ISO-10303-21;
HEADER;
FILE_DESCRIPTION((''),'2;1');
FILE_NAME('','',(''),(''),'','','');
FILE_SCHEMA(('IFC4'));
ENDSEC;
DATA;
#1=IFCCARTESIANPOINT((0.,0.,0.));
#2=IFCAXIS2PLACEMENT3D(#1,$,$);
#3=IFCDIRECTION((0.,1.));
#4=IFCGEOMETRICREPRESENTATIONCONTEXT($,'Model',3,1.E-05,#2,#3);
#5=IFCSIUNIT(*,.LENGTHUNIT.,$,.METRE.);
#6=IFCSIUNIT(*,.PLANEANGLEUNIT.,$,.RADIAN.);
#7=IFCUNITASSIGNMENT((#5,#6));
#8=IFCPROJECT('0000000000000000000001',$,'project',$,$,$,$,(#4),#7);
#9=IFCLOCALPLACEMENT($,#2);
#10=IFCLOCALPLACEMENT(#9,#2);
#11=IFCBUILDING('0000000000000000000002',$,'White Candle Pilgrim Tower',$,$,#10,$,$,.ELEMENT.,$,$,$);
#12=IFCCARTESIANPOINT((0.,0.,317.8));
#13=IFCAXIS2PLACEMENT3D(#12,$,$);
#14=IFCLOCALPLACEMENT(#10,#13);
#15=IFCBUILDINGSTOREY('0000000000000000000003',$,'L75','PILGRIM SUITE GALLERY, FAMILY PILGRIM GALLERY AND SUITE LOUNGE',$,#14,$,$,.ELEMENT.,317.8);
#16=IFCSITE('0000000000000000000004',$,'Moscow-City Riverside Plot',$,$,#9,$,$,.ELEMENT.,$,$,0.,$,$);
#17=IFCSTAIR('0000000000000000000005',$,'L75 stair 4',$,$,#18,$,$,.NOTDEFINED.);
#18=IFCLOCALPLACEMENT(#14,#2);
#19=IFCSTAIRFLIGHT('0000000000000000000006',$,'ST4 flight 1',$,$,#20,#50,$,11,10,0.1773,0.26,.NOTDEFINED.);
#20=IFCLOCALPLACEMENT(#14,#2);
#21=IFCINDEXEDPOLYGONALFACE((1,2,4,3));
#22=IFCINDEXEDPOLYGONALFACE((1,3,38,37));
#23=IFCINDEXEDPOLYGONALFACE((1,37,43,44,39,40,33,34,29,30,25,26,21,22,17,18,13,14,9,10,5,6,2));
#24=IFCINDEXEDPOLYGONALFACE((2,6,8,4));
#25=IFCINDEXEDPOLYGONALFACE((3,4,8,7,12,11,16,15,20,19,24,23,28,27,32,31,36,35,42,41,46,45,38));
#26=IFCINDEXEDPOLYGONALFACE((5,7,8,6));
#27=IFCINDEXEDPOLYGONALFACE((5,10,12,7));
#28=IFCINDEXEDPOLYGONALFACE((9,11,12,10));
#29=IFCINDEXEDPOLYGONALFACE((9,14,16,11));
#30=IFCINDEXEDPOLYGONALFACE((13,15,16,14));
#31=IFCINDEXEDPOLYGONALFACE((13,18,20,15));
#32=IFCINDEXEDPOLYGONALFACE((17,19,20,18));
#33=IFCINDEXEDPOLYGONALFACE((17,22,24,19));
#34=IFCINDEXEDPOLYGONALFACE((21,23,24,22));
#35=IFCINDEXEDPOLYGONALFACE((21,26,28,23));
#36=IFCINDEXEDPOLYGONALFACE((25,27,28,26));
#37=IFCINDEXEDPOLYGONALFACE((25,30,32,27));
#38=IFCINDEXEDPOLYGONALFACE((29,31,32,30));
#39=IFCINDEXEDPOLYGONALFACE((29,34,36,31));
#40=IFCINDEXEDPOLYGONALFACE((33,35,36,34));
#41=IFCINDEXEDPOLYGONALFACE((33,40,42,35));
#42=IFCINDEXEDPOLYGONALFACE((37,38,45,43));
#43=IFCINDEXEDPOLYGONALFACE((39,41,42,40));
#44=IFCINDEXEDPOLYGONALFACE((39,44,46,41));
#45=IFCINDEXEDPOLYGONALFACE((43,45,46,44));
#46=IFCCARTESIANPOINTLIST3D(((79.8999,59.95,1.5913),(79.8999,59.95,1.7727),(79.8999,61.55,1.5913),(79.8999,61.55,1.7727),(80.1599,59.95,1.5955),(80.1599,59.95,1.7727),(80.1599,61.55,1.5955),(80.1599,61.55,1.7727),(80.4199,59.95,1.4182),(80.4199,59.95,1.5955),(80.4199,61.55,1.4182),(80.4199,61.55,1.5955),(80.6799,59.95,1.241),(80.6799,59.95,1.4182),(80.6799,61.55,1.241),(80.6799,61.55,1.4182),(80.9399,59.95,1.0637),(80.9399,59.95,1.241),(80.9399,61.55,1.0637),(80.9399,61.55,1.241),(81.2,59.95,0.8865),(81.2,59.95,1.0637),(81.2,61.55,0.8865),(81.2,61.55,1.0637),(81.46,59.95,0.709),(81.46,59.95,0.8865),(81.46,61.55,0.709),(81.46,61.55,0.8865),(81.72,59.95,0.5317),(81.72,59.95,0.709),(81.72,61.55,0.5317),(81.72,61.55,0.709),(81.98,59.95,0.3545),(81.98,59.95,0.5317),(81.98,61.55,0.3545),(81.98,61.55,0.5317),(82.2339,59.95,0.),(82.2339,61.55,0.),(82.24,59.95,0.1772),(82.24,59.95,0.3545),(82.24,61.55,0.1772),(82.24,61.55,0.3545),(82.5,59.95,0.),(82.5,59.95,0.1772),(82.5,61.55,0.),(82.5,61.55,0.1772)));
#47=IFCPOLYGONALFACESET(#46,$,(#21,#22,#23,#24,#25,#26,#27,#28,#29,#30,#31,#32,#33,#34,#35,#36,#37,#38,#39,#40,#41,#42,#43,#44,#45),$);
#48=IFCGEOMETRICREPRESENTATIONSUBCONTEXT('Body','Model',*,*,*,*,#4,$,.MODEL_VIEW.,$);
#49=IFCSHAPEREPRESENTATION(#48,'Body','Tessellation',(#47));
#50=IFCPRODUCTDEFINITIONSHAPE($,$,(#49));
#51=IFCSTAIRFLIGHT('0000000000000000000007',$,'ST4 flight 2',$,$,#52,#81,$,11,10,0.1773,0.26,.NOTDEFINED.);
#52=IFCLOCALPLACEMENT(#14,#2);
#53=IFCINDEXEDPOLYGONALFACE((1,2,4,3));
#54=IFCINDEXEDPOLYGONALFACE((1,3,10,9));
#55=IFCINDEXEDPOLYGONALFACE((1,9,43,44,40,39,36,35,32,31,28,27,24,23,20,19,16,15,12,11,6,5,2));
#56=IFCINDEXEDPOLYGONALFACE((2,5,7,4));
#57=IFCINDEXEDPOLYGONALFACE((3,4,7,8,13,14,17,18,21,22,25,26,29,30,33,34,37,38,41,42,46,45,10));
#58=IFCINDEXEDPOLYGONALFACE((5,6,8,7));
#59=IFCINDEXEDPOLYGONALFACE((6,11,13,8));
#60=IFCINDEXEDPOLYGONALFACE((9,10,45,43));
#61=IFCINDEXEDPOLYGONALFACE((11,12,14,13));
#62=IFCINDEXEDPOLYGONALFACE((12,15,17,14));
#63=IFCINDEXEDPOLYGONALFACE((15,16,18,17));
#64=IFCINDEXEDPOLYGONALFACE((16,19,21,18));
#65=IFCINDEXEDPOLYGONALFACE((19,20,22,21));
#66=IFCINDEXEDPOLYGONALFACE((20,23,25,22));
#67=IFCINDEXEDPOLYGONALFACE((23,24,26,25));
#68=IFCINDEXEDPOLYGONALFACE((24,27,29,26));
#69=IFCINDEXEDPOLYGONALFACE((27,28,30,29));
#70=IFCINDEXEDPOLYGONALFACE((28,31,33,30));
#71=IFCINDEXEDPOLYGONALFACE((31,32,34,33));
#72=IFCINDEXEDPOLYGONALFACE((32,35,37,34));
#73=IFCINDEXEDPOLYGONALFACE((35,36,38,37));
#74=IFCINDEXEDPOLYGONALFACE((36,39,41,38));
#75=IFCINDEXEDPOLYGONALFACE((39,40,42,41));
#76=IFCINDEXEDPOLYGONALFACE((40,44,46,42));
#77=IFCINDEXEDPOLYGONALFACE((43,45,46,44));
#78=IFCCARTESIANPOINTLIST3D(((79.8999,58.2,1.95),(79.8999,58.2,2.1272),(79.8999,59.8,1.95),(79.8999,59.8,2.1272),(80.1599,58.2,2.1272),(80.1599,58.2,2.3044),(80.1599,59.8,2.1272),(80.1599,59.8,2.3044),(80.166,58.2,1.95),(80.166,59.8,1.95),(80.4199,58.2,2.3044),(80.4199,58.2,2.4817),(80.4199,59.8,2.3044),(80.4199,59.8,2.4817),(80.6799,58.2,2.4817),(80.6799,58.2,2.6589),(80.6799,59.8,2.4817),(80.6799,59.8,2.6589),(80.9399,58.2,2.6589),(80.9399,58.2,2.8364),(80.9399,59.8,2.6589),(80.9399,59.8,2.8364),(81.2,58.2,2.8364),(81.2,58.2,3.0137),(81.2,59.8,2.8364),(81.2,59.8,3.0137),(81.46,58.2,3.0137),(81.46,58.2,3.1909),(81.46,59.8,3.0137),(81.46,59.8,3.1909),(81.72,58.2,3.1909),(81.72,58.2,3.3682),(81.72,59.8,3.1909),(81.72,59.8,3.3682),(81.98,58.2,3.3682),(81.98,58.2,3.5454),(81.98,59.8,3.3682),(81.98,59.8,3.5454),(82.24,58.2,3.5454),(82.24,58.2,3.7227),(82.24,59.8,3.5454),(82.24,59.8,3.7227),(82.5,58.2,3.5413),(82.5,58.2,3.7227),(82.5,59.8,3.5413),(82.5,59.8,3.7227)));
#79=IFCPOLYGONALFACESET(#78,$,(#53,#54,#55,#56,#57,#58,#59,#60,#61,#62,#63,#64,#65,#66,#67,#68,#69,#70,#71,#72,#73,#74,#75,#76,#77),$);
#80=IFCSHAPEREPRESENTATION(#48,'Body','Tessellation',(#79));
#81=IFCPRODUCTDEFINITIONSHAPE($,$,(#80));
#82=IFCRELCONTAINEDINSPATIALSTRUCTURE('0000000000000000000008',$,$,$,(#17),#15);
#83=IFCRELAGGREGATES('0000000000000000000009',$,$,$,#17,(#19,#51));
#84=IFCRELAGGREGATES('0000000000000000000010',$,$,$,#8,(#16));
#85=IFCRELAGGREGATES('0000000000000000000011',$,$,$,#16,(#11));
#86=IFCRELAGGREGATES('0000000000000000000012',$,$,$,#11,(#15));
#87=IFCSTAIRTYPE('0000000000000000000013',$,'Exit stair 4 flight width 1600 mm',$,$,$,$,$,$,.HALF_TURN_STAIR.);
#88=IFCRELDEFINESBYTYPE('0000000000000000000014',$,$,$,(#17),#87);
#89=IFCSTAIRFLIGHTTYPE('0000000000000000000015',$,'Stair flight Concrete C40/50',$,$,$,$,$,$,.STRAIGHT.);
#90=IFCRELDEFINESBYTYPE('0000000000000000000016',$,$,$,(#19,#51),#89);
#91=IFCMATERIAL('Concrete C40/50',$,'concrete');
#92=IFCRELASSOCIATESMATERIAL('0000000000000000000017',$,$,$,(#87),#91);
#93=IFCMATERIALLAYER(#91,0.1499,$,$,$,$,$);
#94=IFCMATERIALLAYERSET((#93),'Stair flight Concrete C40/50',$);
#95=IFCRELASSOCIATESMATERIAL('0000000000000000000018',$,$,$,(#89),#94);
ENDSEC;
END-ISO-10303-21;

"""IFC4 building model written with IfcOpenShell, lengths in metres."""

from ifc_helpers import new_model, si_unit, direction, frame, origin, place, context, subcontext, project, spatial, polyline, outline, extrude, material, layer, layer_set, type_object, element, aggregate, save


model = new_model("IFC4")

# Units and contexts
model_context = context("Model", 3, precision=1e-05, world=origin(), true_north=direction((0.0, 1.0)))
body_context = subcontext(model_context, "Body", "Model", "MODEL_VIEW")
ifc_project = project(units=[si_unit("LENGTHUNIT", "METRE"), si_unit("PLANEANGLEUNIT", "RADIAN")], contexts=[model_context])

# Site, building, storey
site_placement = place(None, origin())
site = spatial("IfcSite", under=ifc_project, at=site_placement, Name="Moscow-City Riverside Plot", CompositionType="ELEMENT", RefElevation=0.0)
building_placement = place(site_placement, origin())
building = spatial("IfcBuilding", under=site, at=building_placement, Name="White Candle Pilgrim Tower", CompositionType="ELEMENT")
storey_placement = place(building_placement, frame((0.0, 0.0, 317.8)))
storey = spatial("IfcBuildingStorey", under=building, at=storey_placement, Name="L75", Description="PILGRIM SUITE GALLERY, FAMILY PILGRIM GALLERY AND SUITE LOUNGE", CompositionType="ELEMENT", Elevation=317.8)

# Shared definitions
ifc_material_1 = material(Name="Concrete C40/50", Category="concrete")

# Stair, stair flights
stair_type = type_object("IfcStairType", Name="Exit stair 4 flight width 1600 mm", PredefinedType="HALF_TURN_STAIR", material=ifc_material_1)
stair_placement = place(storey_placement, origin())
stair = element("IfcStair", 1, at=stair_placement, inside=storey, type_object=stair_type, Name="L75 stair 4", PredefinedType="NOTDEFINED")
ifc_layer_1 = layer(ifc_material_1, 0.1499)
ifc_layer_set_1 = layer_set([ifc_layer_1], Name="Stair flight Concrete C40/50")
stair_flight_type = type_object("IfcStairFlightType", Name="Stair flight Concrete C40/50", PredefinedType="STRAIGHT", material=ifc_layer_set_1)
stair_flight_1_placement = place(storey_placement, frame((82.5, 60.75, 0.0), z_axis=(0.0, 0.0, 1.0), x_axis=(-1.0, 0.0, 0.0)))
stair_flight_1 = element("IfcStairFlight", 2, at=stair_flight_1_placement, type_object=stair_flight_type, Name="ST4 flight 1", NumberOfRisers=11, NumberOfTreads=10, PredefinedType="NOTDEFINED", RiserHeight=0.1773, TreadLength=0.26, context=body_context, shape_type="SweptSolid", body=[
    extrude(outline(polyline([(0.0, 0.0), (0.0, 0.1772), (0.26, 0.1772), (0.26, 0.3545), (0.52, 0.3545), (0.52, 0.5317), (0.78, 0.5317), (0.78, 0.709), (1.04, 0.709), (1.04, 0.8865), (1.3, 0.8865), (1.3, 1.0637), (1.5601, 1.0637), (1.5601, 1.241), (1.8201, 1.241), (1.8201, 1.4182), (2.0801, 1.4182), (2.0801, 1.5955), (2.3401, 1.5955), (2.3401, 1.7727), (2.6001, 1.7727), (2.6001, 1.95), (2.6001, 1.5913), (0.2661, 0.0), (0.0, 0.0)])), frame((0.0, 0.8, 0.0), z_axis=(0.0, -1.0, 0.0), x_axis=(1.0, 0.0, 0.0)), (0.0, 0.0, 1.0), 1.6001),
])
stair_flight_2_placement = place(storey_placement, frame((79.8999, 59.0, 1.95), z_axis=(0.0, 0.0, 1.0), x_axis=(1.0, 0.0, 0.0)))
stair_flight_2 = element("IfcStairFlight", 3, at=stair_flight_2_placement, type_object=stair_flight_type, Name="ST4 flight 2", NumberOfRisers=11, NumberOfTreads=10, PredefinedType="NOTDEFINED", RiserHeight=0.1773, TreadLength=0.26, context=body_context, shape_type="SweptSolid", body=[
    extrude(outline(polyline([(0.0, 0.0), (0.0, 0.1772), (0.26, 0.1772), (0.26, 0.3545), (0.52, 0.3545), (0.52, 0.5317), (0.78, 0.5317), (0.78, 0.709), (1.04, 0.709), (1.04, 0.8865), (1.3, 0.8865), (1.3, 1.0637), (1.5601, 1.0637), (1.5601, 1.241), (1.8201, 1.241), (1.8201, 1.4182), (2.0801, 1.4182), (2.0801, 1.5955), (2.3401, 1.5955), (2.3401, 1.7727), (2.6001, 1.7727), (2.6001, 1.95), (2.6001, 1.5913), (0.2661, 0.0), (0.0, 0.0)])), frame((0.0, 0.8, 0.0), z_axis=(0.0, -1.0, 0.0), x_axis=(1.0, 0.0, 0.0)), (0.0, 0.0, 1.0), 1.6001),
])
aggregate(stair, [stair_flight_1, stair_flight_2])

save(model, "model.ifc")
